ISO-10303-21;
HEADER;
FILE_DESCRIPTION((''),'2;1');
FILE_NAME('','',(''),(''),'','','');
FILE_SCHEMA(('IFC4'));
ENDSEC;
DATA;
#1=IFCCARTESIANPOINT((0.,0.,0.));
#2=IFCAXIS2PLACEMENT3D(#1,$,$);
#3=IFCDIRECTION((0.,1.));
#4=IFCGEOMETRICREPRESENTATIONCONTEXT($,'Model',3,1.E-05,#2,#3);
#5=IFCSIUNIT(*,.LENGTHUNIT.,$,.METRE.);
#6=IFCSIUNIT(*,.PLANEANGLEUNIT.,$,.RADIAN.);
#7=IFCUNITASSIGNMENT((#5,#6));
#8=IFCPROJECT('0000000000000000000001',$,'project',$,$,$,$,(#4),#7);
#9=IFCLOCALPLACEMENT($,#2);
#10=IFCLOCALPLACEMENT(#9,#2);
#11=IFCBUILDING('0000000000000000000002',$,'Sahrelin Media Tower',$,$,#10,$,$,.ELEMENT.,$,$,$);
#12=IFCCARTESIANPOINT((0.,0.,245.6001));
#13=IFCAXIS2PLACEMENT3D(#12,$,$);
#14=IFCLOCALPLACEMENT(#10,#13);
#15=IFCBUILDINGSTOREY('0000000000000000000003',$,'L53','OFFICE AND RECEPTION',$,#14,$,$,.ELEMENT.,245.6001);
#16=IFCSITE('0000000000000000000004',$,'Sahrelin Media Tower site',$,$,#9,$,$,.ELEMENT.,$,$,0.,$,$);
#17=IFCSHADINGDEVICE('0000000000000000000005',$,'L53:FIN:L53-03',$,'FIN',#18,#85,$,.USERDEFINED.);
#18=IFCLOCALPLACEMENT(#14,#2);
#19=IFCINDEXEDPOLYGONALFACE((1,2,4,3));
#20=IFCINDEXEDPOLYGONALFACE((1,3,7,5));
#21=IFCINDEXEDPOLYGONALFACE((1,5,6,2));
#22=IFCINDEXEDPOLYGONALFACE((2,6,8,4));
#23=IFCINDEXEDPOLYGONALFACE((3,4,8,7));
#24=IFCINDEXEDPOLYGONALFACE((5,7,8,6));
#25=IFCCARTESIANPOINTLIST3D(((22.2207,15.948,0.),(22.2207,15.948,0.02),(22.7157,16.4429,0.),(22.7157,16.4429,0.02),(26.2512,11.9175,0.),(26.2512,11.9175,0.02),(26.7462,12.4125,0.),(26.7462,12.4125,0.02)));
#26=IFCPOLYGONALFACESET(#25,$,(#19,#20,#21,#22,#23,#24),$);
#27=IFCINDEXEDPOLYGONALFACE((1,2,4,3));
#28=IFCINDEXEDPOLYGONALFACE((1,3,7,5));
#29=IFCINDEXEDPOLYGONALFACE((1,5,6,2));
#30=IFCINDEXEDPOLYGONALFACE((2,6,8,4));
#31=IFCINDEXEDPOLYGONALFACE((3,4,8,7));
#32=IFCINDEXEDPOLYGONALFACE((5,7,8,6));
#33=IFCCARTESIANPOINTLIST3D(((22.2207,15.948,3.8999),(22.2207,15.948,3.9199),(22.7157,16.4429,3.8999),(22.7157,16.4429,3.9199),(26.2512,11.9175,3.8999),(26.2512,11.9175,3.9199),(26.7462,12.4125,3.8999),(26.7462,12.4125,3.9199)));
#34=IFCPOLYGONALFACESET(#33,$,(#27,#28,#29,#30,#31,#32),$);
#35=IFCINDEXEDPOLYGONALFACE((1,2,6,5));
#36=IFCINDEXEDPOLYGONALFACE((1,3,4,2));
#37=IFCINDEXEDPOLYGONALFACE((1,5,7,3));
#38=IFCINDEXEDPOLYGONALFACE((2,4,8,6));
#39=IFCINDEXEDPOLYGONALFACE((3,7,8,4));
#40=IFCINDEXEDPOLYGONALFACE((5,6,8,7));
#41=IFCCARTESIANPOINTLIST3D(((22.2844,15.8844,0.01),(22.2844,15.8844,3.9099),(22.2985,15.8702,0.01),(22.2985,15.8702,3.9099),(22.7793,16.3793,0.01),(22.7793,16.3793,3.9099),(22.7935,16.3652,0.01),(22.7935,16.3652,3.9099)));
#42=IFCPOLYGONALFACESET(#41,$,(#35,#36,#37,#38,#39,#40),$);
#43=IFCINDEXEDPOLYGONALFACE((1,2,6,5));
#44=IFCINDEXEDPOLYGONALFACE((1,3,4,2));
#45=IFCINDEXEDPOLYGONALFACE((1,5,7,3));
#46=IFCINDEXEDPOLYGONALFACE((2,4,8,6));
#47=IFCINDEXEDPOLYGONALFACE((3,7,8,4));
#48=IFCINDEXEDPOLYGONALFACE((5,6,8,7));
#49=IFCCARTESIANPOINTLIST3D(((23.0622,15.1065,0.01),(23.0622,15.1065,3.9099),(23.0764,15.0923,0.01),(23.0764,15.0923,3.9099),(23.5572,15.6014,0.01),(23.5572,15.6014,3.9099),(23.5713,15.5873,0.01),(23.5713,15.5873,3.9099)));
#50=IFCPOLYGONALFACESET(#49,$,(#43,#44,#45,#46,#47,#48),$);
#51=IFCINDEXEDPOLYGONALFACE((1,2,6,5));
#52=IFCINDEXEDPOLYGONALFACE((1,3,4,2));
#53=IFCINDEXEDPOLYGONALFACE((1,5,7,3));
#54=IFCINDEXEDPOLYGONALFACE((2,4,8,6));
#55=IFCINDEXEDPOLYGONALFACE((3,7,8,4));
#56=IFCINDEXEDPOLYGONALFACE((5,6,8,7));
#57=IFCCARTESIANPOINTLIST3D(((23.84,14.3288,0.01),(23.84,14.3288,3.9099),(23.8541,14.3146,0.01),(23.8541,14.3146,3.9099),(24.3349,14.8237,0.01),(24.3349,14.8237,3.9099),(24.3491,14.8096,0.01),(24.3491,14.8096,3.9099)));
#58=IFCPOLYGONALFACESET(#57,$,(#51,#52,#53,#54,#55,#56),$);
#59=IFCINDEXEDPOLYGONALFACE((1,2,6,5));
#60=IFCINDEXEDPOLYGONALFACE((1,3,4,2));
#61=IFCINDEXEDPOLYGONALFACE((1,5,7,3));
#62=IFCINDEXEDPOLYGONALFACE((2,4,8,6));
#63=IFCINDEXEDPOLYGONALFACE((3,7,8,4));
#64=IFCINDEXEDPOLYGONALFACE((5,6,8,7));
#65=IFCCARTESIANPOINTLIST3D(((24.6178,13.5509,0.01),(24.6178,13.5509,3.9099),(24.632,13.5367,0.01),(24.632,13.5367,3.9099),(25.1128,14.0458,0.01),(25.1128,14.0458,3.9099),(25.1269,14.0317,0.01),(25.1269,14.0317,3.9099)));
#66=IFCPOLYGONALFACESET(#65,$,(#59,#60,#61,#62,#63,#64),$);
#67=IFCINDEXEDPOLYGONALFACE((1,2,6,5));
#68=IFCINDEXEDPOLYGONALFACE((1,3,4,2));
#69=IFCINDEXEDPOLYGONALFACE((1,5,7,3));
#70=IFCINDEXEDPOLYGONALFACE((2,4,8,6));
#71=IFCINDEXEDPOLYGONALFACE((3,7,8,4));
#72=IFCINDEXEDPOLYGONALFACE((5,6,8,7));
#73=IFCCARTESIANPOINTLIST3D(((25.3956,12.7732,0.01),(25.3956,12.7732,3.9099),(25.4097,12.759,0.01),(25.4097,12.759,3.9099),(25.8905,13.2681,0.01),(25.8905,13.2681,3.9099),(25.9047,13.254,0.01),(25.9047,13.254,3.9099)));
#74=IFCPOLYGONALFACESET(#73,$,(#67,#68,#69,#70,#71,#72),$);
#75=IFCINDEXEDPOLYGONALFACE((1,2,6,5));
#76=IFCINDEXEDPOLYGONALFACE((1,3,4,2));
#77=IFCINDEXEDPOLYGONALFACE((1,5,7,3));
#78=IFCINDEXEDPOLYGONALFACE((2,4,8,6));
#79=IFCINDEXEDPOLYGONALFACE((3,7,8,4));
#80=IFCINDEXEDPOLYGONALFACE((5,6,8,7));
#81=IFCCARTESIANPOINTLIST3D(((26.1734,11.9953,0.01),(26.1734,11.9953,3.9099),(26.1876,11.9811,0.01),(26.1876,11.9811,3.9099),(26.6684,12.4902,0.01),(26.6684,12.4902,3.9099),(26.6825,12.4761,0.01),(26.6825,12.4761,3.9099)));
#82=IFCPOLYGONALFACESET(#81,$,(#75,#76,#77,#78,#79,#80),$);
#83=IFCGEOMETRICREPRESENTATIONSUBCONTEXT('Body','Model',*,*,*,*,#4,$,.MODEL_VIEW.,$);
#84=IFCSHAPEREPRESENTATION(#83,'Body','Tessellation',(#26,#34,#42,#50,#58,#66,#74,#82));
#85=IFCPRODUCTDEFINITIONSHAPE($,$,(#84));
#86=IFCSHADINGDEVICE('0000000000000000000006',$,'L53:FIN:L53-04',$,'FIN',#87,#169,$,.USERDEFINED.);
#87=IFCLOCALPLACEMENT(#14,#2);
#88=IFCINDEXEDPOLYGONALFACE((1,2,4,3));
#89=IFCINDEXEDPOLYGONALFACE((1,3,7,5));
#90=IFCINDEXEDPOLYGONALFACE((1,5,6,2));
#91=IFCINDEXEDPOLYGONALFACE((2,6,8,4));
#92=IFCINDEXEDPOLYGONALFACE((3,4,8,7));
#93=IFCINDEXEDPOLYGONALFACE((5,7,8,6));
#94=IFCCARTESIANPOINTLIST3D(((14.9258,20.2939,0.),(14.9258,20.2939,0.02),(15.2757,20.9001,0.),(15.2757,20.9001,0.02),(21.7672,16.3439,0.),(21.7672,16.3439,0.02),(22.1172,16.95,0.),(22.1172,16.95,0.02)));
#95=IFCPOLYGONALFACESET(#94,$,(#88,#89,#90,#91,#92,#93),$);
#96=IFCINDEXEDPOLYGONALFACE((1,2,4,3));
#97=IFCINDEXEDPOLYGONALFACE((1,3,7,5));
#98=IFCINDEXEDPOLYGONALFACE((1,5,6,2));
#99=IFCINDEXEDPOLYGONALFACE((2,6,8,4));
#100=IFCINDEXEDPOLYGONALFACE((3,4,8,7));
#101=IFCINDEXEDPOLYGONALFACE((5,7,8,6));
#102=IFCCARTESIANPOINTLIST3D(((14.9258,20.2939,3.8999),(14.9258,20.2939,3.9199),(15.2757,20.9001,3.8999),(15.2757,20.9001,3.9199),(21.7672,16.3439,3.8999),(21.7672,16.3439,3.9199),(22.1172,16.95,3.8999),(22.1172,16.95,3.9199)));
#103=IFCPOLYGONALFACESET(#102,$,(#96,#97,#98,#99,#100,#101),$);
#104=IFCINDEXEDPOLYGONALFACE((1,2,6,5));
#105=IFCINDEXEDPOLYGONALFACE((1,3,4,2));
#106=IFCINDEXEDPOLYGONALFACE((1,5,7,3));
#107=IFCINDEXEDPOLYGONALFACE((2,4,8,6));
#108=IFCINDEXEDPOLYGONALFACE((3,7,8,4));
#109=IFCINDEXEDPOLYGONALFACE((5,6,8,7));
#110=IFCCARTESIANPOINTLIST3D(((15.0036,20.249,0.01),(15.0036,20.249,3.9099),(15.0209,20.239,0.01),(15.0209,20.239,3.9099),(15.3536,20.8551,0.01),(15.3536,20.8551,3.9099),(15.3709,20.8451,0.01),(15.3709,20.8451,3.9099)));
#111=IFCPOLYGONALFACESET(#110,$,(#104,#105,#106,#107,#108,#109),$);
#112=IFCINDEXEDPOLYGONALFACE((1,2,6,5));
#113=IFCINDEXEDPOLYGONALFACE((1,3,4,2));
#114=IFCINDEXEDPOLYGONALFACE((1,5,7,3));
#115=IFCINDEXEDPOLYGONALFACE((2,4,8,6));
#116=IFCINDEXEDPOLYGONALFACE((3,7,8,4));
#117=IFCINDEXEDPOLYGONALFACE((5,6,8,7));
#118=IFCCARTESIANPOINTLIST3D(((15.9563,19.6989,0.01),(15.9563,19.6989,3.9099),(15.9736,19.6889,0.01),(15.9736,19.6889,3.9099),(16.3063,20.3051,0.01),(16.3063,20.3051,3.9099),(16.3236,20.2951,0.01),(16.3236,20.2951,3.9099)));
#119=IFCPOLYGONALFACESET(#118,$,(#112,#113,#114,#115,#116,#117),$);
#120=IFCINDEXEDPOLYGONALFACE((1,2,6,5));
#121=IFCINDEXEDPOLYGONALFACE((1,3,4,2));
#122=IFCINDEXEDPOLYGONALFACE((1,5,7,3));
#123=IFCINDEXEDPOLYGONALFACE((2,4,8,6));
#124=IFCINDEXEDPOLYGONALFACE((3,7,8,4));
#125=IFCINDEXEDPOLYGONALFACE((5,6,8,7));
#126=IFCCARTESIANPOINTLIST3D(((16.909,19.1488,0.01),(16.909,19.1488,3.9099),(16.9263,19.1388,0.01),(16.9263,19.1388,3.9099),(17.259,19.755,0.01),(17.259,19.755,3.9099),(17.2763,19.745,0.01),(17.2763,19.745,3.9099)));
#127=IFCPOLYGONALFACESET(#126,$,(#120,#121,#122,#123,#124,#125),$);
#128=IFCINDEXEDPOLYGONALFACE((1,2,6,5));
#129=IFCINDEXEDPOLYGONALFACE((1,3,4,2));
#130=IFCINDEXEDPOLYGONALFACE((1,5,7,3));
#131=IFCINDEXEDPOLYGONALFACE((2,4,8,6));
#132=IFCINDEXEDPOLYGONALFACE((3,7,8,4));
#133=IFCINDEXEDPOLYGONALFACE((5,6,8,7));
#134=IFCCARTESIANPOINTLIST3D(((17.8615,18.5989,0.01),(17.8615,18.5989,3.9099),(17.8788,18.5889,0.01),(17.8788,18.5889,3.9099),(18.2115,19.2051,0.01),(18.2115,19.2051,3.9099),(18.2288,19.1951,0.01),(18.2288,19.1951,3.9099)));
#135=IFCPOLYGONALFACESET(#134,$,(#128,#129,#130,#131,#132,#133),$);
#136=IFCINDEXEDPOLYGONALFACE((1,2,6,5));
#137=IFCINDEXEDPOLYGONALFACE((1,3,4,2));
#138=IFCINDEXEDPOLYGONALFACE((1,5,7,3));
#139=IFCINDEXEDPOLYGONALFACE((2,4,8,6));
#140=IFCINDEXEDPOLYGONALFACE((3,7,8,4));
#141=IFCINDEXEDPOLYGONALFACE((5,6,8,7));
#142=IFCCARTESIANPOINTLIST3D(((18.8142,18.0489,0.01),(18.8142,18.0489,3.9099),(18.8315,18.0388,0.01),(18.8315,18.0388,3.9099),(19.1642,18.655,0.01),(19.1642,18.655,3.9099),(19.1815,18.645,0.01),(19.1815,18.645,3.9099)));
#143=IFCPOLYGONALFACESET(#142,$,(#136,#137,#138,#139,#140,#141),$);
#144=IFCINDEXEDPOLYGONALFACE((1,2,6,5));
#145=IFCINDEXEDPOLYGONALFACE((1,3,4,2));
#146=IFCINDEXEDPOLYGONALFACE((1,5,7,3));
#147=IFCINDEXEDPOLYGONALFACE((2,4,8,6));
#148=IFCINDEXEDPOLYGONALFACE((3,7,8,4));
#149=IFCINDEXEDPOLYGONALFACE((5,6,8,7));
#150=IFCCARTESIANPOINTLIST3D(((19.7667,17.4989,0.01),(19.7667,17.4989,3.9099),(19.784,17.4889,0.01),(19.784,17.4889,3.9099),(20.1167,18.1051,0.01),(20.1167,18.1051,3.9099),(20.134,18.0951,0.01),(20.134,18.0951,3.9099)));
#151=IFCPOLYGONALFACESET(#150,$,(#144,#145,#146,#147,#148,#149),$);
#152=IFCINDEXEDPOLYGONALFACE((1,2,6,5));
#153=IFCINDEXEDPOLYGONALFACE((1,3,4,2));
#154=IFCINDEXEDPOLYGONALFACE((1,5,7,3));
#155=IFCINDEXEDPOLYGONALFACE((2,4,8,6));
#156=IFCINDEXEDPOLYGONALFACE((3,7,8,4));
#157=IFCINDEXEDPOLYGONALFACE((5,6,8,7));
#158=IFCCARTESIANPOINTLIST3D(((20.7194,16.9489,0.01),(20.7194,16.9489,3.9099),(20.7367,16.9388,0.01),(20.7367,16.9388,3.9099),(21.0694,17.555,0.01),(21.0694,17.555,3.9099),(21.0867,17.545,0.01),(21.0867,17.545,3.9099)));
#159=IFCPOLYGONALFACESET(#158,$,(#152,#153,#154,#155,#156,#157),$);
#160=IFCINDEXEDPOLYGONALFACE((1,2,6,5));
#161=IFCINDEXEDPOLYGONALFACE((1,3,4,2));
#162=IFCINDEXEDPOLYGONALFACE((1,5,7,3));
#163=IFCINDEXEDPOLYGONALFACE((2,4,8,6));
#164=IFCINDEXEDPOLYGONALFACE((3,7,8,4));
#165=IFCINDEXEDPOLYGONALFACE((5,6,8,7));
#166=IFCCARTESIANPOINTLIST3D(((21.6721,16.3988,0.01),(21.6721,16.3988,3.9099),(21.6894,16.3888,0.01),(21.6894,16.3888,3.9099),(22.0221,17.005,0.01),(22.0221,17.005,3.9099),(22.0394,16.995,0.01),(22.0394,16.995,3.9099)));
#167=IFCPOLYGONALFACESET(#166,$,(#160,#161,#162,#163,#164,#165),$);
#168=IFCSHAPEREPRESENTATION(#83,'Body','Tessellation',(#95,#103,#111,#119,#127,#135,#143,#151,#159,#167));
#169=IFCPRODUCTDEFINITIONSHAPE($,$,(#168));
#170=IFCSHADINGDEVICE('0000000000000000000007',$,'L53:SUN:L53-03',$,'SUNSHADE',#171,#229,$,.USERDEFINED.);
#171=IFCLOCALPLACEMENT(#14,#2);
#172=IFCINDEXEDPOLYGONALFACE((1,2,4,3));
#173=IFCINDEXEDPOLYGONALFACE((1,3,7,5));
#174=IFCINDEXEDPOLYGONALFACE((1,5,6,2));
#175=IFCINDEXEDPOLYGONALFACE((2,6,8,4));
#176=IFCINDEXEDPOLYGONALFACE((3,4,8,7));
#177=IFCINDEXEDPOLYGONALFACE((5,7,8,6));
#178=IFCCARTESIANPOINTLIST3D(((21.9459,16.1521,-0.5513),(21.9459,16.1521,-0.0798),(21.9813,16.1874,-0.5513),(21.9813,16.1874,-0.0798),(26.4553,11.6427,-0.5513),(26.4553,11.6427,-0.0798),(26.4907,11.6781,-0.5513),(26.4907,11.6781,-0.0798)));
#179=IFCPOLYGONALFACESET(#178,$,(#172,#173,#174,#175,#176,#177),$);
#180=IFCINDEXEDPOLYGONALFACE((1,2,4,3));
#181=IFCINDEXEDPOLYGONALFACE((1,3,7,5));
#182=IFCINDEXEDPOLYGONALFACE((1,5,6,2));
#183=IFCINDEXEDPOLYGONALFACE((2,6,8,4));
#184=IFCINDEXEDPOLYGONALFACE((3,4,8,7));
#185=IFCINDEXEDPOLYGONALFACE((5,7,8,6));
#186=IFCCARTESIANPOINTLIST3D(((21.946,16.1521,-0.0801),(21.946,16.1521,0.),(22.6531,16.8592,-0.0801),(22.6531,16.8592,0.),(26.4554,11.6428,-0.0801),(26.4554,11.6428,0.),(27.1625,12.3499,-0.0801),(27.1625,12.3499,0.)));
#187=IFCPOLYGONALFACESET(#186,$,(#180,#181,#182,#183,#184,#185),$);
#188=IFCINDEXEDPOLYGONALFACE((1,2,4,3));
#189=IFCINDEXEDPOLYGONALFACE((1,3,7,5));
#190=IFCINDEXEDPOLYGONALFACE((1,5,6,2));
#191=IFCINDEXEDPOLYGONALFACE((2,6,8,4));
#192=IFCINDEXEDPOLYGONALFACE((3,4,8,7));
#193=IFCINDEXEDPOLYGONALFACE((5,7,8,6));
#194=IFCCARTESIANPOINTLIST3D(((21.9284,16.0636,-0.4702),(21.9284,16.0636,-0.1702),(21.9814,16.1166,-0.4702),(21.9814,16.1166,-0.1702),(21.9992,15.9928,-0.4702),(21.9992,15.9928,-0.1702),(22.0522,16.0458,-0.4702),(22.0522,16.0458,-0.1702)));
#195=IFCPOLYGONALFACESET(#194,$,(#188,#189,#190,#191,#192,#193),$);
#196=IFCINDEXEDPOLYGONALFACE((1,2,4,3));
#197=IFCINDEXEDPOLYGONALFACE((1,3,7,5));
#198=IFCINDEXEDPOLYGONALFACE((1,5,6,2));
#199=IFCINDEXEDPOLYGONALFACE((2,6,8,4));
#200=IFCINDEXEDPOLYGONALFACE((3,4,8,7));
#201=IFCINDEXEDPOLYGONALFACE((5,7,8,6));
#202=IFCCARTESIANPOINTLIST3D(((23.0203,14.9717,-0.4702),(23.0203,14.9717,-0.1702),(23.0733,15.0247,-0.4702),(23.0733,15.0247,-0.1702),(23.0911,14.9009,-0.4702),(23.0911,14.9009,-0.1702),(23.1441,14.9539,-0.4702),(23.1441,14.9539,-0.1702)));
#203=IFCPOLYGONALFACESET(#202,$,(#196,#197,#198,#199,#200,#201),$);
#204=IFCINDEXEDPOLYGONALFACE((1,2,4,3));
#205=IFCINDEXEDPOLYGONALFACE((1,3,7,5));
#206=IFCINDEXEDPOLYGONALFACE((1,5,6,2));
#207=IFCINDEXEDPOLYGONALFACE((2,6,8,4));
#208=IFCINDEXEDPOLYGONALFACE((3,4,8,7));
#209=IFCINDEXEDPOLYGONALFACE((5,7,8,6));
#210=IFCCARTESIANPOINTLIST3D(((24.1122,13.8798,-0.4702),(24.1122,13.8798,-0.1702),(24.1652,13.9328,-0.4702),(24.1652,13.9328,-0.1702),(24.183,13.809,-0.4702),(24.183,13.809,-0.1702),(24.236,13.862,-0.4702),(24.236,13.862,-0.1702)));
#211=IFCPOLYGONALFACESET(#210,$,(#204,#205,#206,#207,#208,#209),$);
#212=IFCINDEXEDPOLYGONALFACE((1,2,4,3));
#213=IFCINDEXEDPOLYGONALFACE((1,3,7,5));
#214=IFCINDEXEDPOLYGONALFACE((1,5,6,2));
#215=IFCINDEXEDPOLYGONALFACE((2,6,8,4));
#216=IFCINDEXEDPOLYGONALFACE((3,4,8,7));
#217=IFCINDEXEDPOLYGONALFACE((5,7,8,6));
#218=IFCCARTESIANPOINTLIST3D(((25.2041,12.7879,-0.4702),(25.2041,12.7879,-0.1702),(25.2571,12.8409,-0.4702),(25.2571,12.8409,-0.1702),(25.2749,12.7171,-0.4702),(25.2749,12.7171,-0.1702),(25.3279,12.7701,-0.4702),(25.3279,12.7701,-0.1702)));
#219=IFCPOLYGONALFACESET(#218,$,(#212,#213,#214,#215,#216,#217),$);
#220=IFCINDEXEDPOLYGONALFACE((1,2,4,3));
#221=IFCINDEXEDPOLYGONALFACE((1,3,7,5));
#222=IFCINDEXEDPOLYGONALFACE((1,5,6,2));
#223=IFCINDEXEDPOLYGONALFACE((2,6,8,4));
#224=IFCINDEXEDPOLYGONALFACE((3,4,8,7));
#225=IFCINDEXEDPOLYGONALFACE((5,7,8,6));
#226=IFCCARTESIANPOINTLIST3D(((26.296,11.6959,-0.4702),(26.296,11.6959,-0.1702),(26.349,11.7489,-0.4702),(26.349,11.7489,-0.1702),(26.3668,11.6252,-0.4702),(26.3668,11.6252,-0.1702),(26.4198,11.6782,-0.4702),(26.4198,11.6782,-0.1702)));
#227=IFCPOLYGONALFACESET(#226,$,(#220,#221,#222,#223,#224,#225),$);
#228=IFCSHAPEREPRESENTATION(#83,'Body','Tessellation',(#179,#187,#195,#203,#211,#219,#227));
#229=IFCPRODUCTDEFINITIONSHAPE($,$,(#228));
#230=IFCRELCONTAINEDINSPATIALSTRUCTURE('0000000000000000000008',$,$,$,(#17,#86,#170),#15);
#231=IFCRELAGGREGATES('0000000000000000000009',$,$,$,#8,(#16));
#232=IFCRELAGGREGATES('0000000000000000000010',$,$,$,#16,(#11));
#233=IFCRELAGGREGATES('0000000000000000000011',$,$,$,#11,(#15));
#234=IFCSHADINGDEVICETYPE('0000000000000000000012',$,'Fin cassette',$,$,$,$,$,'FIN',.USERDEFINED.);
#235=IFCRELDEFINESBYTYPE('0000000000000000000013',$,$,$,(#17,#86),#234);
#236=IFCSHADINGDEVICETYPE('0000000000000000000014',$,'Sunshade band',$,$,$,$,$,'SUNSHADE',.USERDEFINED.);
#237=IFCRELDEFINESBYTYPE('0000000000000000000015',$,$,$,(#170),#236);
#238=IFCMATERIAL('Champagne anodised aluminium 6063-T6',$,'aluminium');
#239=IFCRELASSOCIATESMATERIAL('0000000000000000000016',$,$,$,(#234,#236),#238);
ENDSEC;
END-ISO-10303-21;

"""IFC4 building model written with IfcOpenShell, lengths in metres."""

from ifc_helpers import new_model, si_unit, direction, frame, origin, origin_2d, place, context, subcontext, project, spatial, rectangle, extrude, material, type_object, element, save


model = new_model("IFC4")

# Units and contexts
model_context = context("Model", 3, precision=1e-05, world=origin(), true_north=direction((0.0, 1.0)))
body_context = subcontext(model_context, "Body", "Model", "MODEL_VIEW")
ifc_project = project(units=[si_unit("LENGTHUNIT", "METRE"), si_unit("PLANEANGLEUNIT", "RADIAN")], contexts=[model_context])

# Site, building, storey
site_placement = place(None, origin())
site = spatial("IfcSite", under=ifc_project, at=site_placement, Name="Sahrelin Media Tower site", CompositionType="ELEMENT", RefElevation=0.0)
building_placement = place(site_placement, origin())
building = spatial("IfcBuilding", under=site, at=building_placement, Name="Sahrelin Media Tower", CompositionType="ELEMENT")
storey_placement = place(building_placement, frame((0.0, 0.0, 245.6001)))
storey = spatial("IfcBuildingStorey", under=building, at=storey_placement, Name="L53", Description="OFFICE AND RECEPTION", CompositionType="ELEMENT", Elevation=245.6001)

# Shared definitions
ifc_material_1 = material(Name="Champagne anodised aluminium 6063-T6", Category="aluminium")

# Shading devices
shading_device_type_1 = type_object("IfcShadingDeviceType", Name="Fin cassette", ElementType="FIN", PredefinedType="USERDEFINED", material=ifc_material_1)
placement_1 = place(storey_placement, frame((24.1865, 13.8833, 0.0), z_axis=(0.0, 0.0, 1.0), x_axis=(0.707107, -0.707107, 0.0)))
element("IfcShadingDevice", 1, at=placement_1, inside=storey, type_object=shading_device_type_1, Name="L53:FIN:L53-03", ObjectType="FIN", PredefinedType="USERDEFINED", context=body_context, shape_type="SweptSolid", body=[
    extrude(rectangle(XDim=5.7, YDim=0.7, at=origin_2d()), frame((0.0, 0.4199, 0.0)), (0.0, 0.0, 1.0), 0.02),
    extrude(rectangle(XDim=5.7, YDim=0.7, at=origin_2d()), frame((0.0, 0.4199, 3.8999)), (0.0, 0.0, 1.0), 0.02),
    extrude(rectangle(XDim=0.02, YDim=0.7, at=origin_2d()), frame((-2.75, 0.4199, 0.01), z_axis=(0.0, 0.0, 1.0), x_axis=(1.0, 0.0, 0.0)), (0.0, 0.0, 1.0), 3.8999),
    extrude(rectangle(XDim=0.02, YDim=0.7, at=origin_2d()), frame((-1.6499, 0.4199, 0.01), z_axis=(0.0, 0.0, 1.0), x_axis=(1.0, 0.0, 0.0)), (0.0, 0.0, 1.0), 3.8999),
    extrude(rectangle(XDim=0.02, YDim=0.7, at=origin_2d()), frame((-0.55, 0.4199, 0.01), z_axis=(0.0, 0.0, 1.0), x_axis=(1.0, 0.0, 0.0)), (0.0, 0.0, 1.0), 3.8999),
    extrude(rectangle(XDim=0.02, YDim=0.7, at=origin_2d()), frame((0.55, 0.4199, 0.01), z_axis=(0.0, 0.0, 1.0), x_axis=(1.0, 0.0, 0.0)), (0.0, 0.0, 1.0), 3.8999),
    extrude(rectangle(XDim=0.02, YDim=0.7, at=origin_2d()), frame((1.6499, 0.4199, 0.01), z_axis=(0.0, 0.0, 1.0), x_axis=(1.0, 0.0, 0.0)), (0.0, 0.0, 1.0), 3.8999),
    extrude(rectangle(XDim=0.02, YDim=0.7, at=origin_2d()), frame((2.75, 0.4199, 0.01), z_axis=(0.0, 0.0, 1.0), x_axis=(1.0, 0.0, 0.0)), (0.0, 0.0, 1.0), 3.8999),
])
placement_2 = place(storey_placement, frame((18.3115, 18.2583, 0.0), z_axis=(0.0, 0.0, 1.0), x_axis=(0.866019, -0.500011, 0.0)))
element("IfcShadingDevice", 2, at=placement_2, inside=storey, type_object=shading_device_type_1, Name="L53:FIN:L53-04", ObjectType="FIN", PredefinedType="USERDEFINED", context=body_context, shape_type="SweptSolid", body=[
    extrude(rectangle(XDim=7.8999, YDim=0.7, at=origin_2d()), frame((0.0, 0.4199, 0.0)), (0.0, 0.0, 1.0), 0.02),
    extrude(rectangle(XDim=7.8999, YDim=0.7, at=origin_2d()), frame((0.0, 0.4199, 3.8999)), (0.0, 0.0, 1.0), 0.02),
    extrude(rectangle(XDim=0.02, YDim=0.7, at=origin_2d()), frame((-3.8501, 0.4199, 0.01), z_axis=(0.0, 0.0, 1.0), x_axis=(1.0, 0.0, 0.0)), (0.0, 0.0, 1.0), 3.8999),
    extrude(rectangle(XDim=0.02, YDim=0.7, at=origin_2d()), frame((-2.75, 0.4199, 0.01), z_axis=(0.0, 0.0, 1.0), x_axis=(1.0, 0.0, 0.0)), (0.0, 0.0, 1.0), 3.8999),
    extrude(rectangle(XDim=0.02, YDim=0.7, at=origin_2d()), frame((-1.6499, 0.4199, 0.01), z_axis=(0.0, 0.0, 1.0), x_axis=(1.0, 0.0, 0.0)), (0.0, 0.0, 1.0), 3.8999),
    extrude(rectangle(XDim=0.02, YDim=0.7, at=origin_2d()), frame((-0.55, 0.4199, 0.01), z_axis=(0.0, 0.0, 1.0), x_axis=(1.0, 0.0, 0.0)), (0.0, 0.0, 1.0), 3.8999),
    extrude(rectangle(XDim=0.02, YDim=0.7, at=origin_2d()), frame((0.55, 0.4199, 0.01), z_axis=(0.0, 0.0, 1.0), x_axis=(1.0, 0.0, 0.0)), (0.0, 0.0, 1.0), 3.8999),
    extrude(rectangle(XDim=0.02, YDim=0.7, at=origin_2d()), frame((1.6499, 0.4199, 0.01), z_axis=(0.0, 0.0, 1.0), x_axis=(1.0, 0.0, 0.0)), (0.0, 0.0, 1.0), 3.8999),
    extrude(rectangle(XDim=0.02, YDim=0.7, at=origin_2d()), frame((2.75, 0.4199, 0.01), z_axis=(0.0, 0.0, 1.0), x_axis=(1.0, 0.0, 0.0)), (0.0, 0.0, 1.0), 3.8999),
    extrude(rectangle(XDim=0.02, YDim=0.7, at=origin_2d()), frame((3.8501, 0.4199, 0.01), z_axis=(0.0, 0.0, 1.0), x_axis=(1.0, 0.0, 0.0)), (0.0, 0.0, 1.0), 3.8999),
])
shading_device_type_2 = type_object("IfcShadingDeviceType", Name="Sunshade band", ElementType="SUNSHADE", PredefinedType="USERDEFINED", material=ifc_material_1)
element("IfcShadingDevice", 3, at=placement_1, inside=storey, type_object=shading_device_type_2, Name="L53:SUN:L53-03", ObjectType="SUNSHADE", PredefinedType="USERDEFINED", context=body_context, shape_type="SweptSolid", body=[
    extrude(rectangle(XDim=6.3772, YDim=0.05, at=origin_2d()), frame((0.0, 0.0449, -0.5513)), (0.0, 0.0, 1.0), 0.4714),
    extrude(rectangle(XDim=6.3772, YDim=1.0, at=origin_2d()), frame((0.0, 0.52, -0.0801)), (0.0, 0.0, 1.0), 0.0801),
    extrude(rectangle(XDim=0.1001, YDim=0.075, at=origin_2d()), frame((-3.0884, -0.0176, -0.4702)), (0.0, 0.0, 1.0), 0.3),
    extrude(rectangle(XDim=0.1001, YDim=0.075, at=origin_2d()), frame((-1.5442, -0.0176, -0.4702)), (0.0, 0.0, 1.0), 0.3),
    extrude(rectangle(XDim=0.1001, YDim=0.075, at=origin_2d()), frame((0.0, -0.0176, -0.4702)), (0.0, 0.0, 1.0), 0.3),
    extrude(rectangle(XDim=0.1001, YDim=0.075, at=origin_2d()), frame((1.5442, -0.0176, -0.4702)), (0.0, 0.0, 1.0), 0.3),
    extrude(rectangle(XDim=0.1001, YDim=0.075, at=origin_2d()), frame((3.0884, -0.0176, -0.4702)), (0.0, 0.0, 1.0), 0.3),
])

save(model, "model.ifc")
